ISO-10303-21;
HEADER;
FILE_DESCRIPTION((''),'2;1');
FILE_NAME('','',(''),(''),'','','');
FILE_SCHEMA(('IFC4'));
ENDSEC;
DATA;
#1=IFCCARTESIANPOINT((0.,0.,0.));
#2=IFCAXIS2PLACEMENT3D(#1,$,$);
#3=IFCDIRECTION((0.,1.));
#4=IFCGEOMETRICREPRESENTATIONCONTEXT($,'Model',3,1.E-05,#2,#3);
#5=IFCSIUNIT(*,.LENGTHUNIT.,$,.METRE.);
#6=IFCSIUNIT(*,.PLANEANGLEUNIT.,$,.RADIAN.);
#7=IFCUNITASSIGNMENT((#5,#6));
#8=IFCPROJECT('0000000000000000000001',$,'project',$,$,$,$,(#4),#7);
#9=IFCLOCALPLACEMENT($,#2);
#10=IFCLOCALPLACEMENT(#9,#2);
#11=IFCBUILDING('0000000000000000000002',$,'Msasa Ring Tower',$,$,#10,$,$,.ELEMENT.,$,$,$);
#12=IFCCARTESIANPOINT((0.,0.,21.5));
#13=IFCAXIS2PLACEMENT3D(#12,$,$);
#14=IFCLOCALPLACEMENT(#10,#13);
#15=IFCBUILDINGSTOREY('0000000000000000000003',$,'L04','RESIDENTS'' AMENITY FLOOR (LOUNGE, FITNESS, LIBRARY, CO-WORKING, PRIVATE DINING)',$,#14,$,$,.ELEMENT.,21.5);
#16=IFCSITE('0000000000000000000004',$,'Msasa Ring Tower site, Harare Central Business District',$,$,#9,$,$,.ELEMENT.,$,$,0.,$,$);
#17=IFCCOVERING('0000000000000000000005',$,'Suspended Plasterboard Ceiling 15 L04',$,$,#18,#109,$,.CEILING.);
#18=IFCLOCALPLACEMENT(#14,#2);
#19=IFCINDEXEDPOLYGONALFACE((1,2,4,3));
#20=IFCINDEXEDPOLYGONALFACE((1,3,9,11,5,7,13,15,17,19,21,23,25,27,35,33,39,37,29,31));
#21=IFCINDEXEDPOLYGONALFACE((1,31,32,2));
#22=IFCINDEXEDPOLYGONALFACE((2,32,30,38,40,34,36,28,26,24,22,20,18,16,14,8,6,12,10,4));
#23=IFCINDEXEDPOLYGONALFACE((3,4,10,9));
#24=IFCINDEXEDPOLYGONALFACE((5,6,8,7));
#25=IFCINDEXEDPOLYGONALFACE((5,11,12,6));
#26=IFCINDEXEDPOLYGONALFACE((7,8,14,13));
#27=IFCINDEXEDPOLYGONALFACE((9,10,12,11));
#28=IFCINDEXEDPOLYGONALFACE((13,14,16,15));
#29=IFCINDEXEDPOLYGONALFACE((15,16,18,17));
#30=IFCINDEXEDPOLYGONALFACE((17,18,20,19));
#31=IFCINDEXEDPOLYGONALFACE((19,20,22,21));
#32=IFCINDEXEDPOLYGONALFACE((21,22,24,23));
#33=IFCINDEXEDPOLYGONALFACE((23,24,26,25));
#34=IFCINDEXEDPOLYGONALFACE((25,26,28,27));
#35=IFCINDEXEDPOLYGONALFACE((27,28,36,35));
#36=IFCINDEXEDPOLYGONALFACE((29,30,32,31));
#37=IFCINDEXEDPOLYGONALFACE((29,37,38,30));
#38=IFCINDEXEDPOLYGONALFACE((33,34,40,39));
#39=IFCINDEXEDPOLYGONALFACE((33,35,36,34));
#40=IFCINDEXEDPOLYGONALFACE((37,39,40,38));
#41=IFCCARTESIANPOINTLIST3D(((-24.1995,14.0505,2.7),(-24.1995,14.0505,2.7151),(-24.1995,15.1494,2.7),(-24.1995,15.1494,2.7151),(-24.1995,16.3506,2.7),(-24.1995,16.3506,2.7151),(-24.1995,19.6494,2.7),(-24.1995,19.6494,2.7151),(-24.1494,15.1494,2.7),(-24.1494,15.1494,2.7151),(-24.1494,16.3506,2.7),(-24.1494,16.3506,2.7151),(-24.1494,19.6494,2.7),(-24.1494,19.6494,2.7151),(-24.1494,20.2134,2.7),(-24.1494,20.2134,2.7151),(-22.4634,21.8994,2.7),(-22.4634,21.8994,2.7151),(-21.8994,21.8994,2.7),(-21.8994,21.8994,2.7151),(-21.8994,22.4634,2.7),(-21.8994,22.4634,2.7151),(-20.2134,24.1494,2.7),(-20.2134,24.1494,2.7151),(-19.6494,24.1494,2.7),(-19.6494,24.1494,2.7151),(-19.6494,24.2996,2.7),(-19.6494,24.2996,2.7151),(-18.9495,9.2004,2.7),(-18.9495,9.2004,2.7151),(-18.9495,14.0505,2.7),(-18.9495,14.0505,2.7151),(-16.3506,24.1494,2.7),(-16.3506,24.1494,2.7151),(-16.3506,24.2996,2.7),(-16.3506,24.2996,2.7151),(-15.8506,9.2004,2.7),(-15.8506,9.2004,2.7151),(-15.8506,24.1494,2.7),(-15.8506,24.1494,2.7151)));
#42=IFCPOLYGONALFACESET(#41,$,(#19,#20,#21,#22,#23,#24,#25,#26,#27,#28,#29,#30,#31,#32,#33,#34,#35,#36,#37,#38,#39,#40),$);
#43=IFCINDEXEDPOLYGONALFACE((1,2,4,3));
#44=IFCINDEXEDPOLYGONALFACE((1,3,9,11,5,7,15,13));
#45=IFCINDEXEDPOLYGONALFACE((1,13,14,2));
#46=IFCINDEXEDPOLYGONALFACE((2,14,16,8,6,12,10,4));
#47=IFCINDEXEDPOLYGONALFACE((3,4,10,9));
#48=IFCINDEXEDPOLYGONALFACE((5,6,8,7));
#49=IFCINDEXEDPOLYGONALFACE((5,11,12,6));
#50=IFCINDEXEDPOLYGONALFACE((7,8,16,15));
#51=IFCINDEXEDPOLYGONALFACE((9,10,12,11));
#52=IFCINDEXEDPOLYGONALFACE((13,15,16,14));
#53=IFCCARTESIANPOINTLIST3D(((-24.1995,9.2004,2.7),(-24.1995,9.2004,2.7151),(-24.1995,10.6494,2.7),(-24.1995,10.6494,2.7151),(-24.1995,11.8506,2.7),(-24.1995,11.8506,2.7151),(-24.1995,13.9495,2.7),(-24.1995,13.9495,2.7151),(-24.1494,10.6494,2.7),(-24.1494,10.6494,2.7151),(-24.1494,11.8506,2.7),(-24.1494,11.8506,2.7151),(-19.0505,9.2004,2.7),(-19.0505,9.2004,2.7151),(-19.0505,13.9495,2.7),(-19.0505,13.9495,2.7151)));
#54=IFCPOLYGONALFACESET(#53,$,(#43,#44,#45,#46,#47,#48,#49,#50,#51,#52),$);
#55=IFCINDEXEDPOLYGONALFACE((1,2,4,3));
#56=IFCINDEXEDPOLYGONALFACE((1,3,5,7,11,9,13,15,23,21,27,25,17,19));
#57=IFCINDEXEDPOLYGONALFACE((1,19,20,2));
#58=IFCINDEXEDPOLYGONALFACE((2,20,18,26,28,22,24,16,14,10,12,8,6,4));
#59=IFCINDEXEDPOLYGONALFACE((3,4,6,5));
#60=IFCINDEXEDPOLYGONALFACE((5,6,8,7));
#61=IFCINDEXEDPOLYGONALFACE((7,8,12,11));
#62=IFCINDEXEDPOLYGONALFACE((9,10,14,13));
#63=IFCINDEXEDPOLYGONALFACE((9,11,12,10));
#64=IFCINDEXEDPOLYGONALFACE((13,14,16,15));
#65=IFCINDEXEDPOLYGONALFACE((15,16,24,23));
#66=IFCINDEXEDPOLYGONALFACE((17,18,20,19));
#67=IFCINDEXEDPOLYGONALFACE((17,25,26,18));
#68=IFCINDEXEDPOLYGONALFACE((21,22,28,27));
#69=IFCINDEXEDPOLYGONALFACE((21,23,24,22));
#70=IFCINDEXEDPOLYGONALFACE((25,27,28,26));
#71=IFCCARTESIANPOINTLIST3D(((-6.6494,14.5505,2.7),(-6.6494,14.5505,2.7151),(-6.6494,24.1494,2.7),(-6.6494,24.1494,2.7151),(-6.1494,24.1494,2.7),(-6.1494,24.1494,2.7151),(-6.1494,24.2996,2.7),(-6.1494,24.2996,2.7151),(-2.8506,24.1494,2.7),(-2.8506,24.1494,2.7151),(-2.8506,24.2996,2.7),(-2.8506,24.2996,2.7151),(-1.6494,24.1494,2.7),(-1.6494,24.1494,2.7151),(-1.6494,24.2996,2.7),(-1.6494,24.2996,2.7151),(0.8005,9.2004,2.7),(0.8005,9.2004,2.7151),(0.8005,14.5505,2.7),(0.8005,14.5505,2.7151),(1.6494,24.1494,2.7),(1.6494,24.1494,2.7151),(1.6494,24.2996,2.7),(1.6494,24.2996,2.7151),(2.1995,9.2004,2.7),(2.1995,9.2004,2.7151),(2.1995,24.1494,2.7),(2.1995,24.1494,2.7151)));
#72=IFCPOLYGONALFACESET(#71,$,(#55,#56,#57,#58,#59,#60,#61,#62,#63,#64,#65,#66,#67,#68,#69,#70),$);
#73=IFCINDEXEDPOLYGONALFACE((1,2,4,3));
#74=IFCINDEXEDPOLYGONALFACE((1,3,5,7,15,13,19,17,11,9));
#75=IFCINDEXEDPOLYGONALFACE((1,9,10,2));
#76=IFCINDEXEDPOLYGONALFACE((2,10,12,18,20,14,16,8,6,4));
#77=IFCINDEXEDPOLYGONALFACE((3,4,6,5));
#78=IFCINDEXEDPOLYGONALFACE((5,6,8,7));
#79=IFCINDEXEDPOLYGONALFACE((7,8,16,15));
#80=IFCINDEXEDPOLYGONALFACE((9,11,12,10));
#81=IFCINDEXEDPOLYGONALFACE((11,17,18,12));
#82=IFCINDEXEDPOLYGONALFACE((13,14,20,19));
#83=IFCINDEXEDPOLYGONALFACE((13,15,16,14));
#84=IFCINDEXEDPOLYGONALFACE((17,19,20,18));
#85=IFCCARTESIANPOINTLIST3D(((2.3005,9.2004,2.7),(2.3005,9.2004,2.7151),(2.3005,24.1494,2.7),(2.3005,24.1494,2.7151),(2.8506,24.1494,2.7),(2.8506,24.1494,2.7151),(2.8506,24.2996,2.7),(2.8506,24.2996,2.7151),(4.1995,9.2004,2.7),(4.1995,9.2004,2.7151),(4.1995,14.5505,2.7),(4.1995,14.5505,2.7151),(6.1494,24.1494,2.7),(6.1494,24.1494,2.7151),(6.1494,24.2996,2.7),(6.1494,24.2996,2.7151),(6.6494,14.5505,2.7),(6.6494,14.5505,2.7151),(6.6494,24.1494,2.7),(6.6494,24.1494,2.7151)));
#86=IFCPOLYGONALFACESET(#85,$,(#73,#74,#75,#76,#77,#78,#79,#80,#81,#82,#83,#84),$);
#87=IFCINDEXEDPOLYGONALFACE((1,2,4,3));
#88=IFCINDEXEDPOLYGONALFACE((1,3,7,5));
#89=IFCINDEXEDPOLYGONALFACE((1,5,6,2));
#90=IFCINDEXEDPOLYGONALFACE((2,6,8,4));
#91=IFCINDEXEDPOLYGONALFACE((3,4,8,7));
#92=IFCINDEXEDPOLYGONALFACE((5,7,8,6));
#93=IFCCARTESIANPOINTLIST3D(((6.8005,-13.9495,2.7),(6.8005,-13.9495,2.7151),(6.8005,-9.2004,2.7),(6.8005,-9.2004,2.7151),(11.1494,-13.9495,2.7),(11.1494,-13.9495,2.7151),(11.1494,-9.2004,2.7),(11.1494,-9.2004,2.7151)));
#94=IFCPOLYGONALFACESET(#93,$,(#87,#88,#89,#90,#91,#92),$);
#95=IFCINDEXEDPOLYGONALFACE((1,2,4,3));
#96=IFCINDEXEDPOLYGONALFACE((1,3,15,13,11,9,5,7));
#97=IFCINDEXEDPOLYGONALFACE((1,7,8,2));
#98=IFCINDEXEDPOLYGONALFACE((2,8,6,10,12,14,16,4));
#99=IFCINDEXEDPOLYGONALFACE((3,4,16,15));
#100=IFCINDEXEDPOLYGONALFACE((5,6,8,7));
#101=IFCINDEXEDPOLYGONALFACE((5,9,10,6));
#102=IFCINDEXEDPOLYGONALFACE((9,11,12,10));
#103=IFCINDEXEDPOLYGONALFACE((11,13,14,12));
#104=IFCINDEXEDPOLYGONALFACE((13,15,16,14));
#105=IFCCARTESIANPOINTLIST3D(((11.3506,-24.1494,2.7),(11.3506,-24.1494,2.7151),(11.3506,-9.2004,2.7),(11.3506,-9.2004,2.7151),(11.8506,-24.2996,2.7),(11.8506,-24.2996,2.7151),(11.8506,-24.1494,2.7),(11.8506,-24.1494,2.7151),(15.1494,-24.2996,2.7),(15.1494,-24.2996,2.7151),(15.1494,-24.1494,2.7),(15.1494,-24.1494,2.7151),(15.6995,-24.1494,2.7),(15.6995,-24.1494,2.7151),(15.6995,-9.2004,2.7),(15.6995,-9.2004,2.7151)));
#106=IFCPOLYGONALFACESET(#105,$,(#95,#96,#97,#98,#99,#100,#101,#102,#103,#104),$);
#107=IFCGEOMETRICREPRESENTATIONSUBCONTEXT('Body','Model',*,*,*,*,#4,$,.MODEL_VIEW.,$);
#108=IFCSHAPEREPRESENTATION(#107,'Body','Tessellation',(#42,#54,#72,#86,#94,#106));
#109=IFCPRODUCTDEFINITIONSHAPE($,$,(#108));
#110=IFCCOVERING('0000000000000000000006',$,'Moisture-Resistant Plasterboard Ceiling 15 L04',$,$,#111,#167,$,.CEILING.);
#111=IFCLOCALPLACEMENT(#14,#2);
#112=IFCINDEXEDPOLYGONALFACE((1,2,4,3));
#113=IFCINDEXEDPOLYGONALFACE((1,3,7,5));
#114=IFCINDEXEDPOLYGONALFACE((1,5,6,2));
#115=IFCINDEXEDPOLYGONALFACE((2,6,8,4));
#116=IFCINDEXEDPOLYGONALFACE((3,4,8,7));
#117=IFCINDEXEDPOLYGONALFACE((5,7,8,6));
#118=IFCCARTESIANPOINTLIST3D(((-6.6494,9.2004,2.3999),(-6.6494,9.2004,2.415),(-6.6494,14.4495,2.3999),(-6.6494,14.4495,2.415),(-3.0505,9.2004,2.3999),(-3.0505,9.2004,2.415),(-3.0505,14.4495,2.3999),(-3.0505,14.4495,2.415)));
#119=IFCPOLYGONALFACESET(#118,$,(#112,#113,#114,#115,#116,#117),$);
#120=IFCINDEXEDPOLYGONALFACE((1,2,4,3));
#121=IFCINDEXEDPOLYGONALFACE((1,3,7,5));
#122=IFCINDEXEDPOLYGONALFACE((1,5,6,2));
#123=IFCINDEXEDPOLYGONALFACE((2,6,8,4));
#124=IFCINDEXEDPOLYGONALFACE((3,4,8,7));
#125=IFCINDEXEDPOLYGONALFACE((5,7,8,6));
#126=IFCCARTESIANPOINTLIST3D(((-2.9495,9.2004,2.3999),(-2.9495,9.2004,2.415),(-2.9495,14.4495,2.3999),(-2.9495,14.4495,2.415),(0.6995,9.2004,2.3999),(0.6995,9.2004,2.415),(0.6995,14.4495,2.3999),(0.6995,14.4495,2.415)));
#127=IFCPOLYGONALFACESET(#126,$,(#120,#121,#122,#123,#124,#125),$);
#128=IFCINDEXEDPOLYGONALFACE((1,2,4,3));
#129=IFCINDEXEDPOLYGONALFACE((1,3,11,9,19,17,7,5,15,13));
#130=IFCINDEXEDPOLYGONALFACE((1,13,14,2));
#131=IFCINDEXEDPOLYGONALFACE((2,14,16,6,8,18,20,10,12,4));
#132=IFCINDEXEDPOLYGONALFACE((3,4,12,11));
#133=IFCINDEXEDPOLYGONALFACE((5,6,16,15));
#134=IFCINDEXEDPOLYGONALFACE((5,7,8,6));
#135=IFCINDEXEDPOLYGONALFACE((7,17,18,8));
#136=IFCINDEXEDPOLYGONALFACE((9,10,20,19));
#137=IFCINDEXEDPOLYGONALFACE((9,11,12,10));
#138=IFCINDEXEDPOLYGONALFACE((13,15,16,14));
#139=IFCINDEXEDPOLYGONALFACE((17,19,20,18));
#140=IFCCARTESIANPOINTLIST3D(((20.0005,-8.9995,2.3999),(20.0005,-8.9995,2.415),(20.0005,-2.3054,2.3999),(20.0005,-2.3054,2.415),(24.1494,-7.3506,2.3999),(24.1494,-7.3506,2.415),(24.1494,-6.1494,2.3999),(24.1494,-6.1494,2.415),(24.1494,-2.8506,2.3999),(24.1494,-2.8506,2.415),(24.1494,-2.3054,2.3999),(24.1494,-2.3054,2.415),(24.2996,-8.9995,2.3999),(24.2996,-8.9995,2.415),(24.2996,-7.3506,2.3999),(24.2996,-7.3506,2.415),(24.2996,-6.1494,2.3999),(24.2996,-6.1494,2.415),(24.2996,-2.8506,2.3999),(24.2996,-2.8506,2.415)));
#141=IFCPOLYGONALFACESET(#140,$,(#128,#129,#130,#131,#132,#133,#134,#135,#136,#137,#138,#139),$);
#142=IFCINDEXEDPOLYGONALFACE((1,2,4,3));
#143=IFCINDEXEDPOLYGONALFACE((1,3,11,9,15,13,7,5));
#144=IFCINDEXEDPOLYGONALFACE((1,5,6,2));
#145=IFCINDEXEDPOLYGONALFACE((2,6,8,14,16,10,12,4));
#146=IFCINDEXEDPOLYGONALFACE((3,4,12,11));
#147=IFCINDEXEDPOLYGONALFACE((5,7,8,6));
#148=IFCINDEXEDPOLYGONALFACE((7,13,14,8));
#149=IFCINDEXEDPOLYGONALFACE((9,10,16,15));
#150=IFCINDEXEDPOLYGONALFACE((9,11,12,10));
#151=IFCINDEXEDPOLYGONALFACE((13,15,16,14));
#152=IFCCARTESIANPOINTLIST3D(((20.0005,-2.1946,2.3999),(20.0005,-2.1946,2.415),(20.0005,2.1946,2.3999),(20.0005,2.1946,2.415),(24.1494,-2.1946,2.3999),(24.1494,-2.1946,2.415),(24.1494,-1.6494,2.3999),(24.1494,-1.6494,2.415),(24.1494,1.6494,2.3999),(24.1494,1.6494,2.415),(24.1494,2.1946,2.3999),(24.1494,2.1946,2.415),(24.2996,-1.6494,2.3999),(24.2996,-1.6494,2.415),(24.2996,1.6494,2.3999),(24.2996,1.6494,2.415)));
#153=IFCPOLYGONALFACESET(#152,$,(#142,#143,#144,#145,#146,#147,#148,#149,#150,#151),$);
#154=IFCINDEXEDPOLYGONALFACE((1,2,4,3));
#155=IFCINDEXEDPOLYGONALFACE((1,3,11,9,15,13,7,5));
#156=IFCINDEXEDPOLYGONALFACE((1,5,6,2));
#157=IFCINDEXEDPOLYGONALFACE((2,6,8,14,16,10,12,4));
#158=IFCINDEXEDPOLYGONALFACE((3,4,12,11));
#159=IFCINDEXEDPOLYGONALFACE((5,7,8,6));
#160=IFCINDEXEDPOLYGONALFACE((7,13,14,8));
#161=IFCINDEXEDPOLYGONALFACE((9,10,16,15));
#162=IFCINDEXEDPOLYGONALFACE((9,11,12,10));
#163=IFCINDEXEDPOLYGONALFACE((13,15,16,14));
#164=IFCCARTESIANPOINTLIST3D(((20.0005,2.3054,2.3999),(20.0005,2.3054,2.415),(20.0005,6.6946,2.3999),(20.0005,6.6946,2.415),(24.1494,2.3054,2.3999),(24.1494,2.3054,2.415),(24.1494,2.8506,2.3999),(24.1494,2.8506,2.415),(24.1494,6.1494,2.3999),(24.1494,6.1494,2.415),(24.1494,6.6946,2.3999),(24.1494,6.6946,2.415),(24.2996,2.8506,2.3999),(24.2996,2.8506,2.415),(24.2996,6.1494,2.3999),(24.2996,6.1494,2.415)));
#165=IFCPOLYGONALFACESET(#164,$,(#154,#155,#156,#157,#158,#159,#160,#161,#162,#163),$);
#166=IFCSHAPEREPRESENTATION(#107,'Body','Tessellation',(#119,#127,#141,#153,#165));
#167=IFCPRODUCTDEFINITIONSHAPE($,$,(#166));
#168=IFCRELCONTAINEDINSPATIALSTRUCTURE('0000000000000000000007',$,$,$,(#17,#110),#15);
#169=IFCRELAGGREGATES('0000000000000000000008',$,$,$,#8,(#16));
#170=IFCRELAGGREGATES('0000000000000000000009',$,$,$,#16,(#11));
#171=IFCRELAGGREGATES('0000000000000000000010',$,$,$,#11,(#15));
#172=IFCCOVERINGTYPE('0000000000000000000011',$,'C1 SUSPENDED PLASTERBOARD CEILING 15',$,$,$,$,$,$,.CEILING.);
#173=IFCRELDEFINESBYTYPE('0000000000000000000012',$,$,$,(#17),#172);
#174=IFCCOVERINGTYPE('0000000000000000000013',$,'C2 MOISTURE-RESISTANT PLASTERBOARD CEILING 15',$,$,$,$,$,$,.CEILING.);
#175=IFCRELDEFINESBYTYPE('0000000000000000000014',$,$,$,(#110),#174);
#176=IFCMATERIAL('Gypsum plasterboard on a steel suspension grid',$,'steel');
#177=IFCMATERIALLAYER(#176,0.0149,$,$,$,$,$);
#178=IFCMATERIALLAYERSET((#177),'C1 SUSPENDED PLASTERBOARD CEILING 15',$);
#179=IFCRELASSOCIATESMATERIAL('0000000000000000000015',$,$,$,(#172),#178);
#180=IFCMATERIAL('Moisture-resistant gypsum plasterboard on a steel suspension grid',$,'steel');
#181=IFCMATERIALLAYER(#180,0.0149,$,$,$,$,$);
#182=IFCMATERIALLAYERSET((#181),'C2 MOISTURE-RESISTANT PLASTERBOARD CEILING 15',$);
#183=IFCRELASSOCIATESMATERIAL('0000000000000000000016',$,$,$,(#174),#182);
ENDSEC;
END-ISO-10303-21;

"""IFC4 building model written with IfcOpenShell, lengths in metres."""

from ifc_helpers import new_model, si_unit, direction, frame, origin, place, context, subcontext, project, spatial, line, indexed_curve, outline, extrude, material, layer, layer_set, type_object, element, save


model = new_model("IFC4")

# Units and contexts
model_context = context("Model", 3, precision=1e-05, world=origin(), true_north=direction((0.0, 1.0)))
body_context = subcontext(model_context, "Body", "Model", "MODEL_VIEW")
ifc_project = project(units=[si_unit("LENGTHUNIT", "METRE"), si_unit("PLANEANGLEUNIT", "RADIAN")], contexts=[model_context])

# Site, building, storey
site_placement = place(None, origin())
site = spatial("IfcSite", under=ifc_project, at=site_placement, Name="Msasa Ring Tower site, Harare Central Business District", CompositionType="ELEMENT", RefElevation=0.0)
building_placement = place(site_placement, origin())
building = spatial("IfcBuilding", under=site, at=building_placement, Name="Msasa Ring Tower", CompositionType="ELEMENT")
storey_placement = place(building_placement, frame((0.0, 0.0, 21.5)))
storey = spatial("IfcBuildingStorey", under=building, at=storey_placement, Name="L04", Description="RESIDENTS' AMENITY FLOOR (LOUNGE, FITNESS, LIBRARY, CO-WORKING, PRIVATE DINING)", CompositionType="ELEMENT", Elevation=21.5)

# Coverings
ifc_material_1 = material(Name="Gypsum plasterboard on a steel suspension grid", Category="steel")
ifc_layer_1 = layer(ifc_material_1, 0.0149)
ifc_layer_set_1 = layer_set([ifc_layer_1], Name="C1 SUSPENDED PLASTERBOARD CEILING 15")
covering_type_1 = type_object("IfcCoveringType", Name="C1 SUSPENDED PLASTERBOARD CEILING 15", PredefinedType="CEILING", material=ifc_layer_set_1)
covering_1_placement = place(storey_placement, frame((0.0, 0.0, 2.7)))
element("IfcCovering", 1, at=covering_1_placement, inside=storey, type_object=covering_type_1, Name="Suspended Plasterboard Ceiling 15 L04", PredefinedType="CEILING", context=body_context, shape_type="SweptSolid", body=[
    extrude(outline(indexed_curve([(-24.1995, 14.0505), (-24.1995, 15.1494), (-24.1494, 15.1494), (-24.1494, 16.3506), (-24.1995, 16.3506), (-24.1995, 19.6494), (-24.1494, 19.6494), (-24.1494, 20.2134), (-22.4634, 21.8994), (-21.8994, 21.8994), (-21.8994, 22.4634), (-20.2134, 24.1494), (-19.6494, 24.1494), (-19.6494, 24.2996), (-16.3506, 24.2996), (-16.3506, 24.1494), (-15.8506, 24.1494), (-15.8506, 9.2004), (-18.9495, 9.2004), (-18.9495, 14.0505)], segments=[line(1, 2, 3, 4, 5, 6, 7, 8, 9, 10, 11, 12, 13, 14, 15, 16, 17, 18, 19, 20, 1)], self_intersect=False)), origin(), (0.0, 0.0, 1.0), 0.0151),
    extrude(outline(indexed_curve([(-24.1995, 9.2004), (-24.1995, 10.6494), (-24.1494, 10.6494), (-24.1494, 11.8506), (-24.1995, 11.8506), (-24.1995, 13.9495), (-19.0505, 13.9495), (-19.0505, 9.2004)], segments=[line(1, 2, 3, 4, 5, 6, 7, 8, 1)], self_intersect=False)), origin(), (0.0, 0.0, 1.0), 0.0151),
    extrude(outline(indexed_curve([(-2.8506, 24.2996), (-2.8506, 24.1494), (-1.6494, 24.1494), (-1.6494, 24.2996), (1.6494, 24.2996), (1.6494, 24.1494), (2.1995, 24.1494), (2.1995, 9.2004), (0.8005, 9.2004), (0.8005, 14.5505), (-6.6494, 14.5505), (-6.6494, 24.1494), (-6.1494, 24.1494), (-6.1494, 24.2996)], segments=[line(1, 2, 3, 4, 5, 6, 7, 8, 9, 10, 11, 12, 13, 14, 1)], self_intersect=False)), origin(), (0.0, 0.0, 1.0), 0.0151),
    extrude(outline(indexed_curve([(4.1995, 14.5505), (4.1995, 9.2004), (2.3005, 9.2004), (2.3005, 24.1494), (2.8506, 24.1494), (2.8506, 24.2996), (6.1494, 24.2996), (6.1494, 24.1494), (6.6494, 24.1494), (6.6494, 14.5505)], segments=[line(1, 2, 3, 4, 5, 6, 7, 8, 9, 10, 1)], self_intersect=False)), origin(), (0.0, 0.0, 1.0), 0.0151),
    extrude(outline(indexed_curve([(6.8005, -13.9495), (6.8005, -9.2004), (11.1494, -9.2004), (11.1494, -13.9495)], segments=[line(1, 2, 3, 4, 1)], self_intersect=False)), origin(), (0.0, 0.0, 1.0), 0.0151),
    extrude(outline(indexed_curve([(11.8506, -24.2996), (11.8506, -24.1494), (11.3506, -24.1494), (11.3506, -9.2004), (15.6995, -9.2004), (15.6995, -24.1494), (15.1494, -24.1494), (15.1494, -24.2996)], segments=[line(1, 2, 3, 4, 5, 6, 7, 8, 1)], self_intersect=False)), origin(), (0.0, 0.0, 1.0), 0.0151),
])
ifc_material_2 = material(Name="Moisture-resistant gypsum plasterboard on a steel suspension grid", Category="steel")
ifc_layer_2 = layer(ifc_material_2, 0.0149)
ifc_layer_set_2 = layer_set([ifc_layer_2], Name="C2 MOISTURE-RESISTANT PLASTERBOARD CEILING 15")
covering_type_2 = type_object("IfcCoveringType", Name="C2 MOISTURE-RESISTANT PLASTERBOARD CEILING 15", PredefinedType="CEILING", material=ifc_layer_set_2)
covering_2_placement = place(storey_placement, frame((0.0, 0.0, 2.3999)))
element("IfcCovering", 2, at=covering_2_placement, inside=storey, type_object=covering_type_2, Name="Moisture-Resistant Plasterboard Ceiling 15 L04", PredefinedType="CEILING", context=body_context, shape_type="SweptSolid", body=[
    extrude(outline(indexed_curve([(-6.6494, 9.2004), (-6.6494, 14.4495), (-3.0505, 14.4495), (-3.0505, 9.2004)], segments=[line(1, 2, 3, 4, 1)], self_intersect=False)), origin(), (0.0, 0.0, 1.0), 0.0151),
    extrude(outline(indexed_curve([(-2.9495, 9.2004), (-2.9495, 14.4495), (0.6995, 14.4495), (0.6995, 9.2004)], segments=[line(1, 2, 3, 4, 1)], self_intersect=False)), origin(), (0.0, 0.0, 1.0), 0.0151),
    extrude(outline(indexed_curve([(24.1494, -2.3054), (24.1494, -2.8506), (24.2996, -2.8506), (24.2996, -6.1494), (24.1494, -6.1494), (24.1494, -7.3506), (24.2996, -7.3506), (24.2996, -8.9995), (20.0005, -8.9995), (20.0005, -2.3054)], segments=[line(1, 2, 3, 4, 5, 6, 7, 8, 9, 10, 1)], self_intersect=False)), origin(), (0.0, 0.0, 1.0), 0.0151),
    extrude(outline(indexed_curve([(24.1494, 2.1946), (24.1494, 1.6494), (24.2996, 1.6494), (24.2996, -1.6494), (24.1494, -1.6494), (24.1494, -2.1946), (20.0005, -2.1946), (20.0005, 2.1946)], segments=[line(1, 2, 3, 4, 5, 6, 7, 8, 1)], self_intersect=False)), origin(), (0.0, 0.0, 1.0), 0.0151),
    extrude(outline(indexed_curve([(24.1494, 6.6946), (24.1494, 6.1494), (24.2996, 6.1494), (24.2996, 2.8506), (24.1494, 2.8506), (24.1494, 2.3054), (20.0005, 2.3054), (20.0005, 6.6946)], segments=[line(1, 2, 3, 4, 5, 6, 7, 8, 1)], self_intersect=False)), origin(), (0.0, 0.0, 1.0), 0.0151),
])

save(model, "model.ifc")
